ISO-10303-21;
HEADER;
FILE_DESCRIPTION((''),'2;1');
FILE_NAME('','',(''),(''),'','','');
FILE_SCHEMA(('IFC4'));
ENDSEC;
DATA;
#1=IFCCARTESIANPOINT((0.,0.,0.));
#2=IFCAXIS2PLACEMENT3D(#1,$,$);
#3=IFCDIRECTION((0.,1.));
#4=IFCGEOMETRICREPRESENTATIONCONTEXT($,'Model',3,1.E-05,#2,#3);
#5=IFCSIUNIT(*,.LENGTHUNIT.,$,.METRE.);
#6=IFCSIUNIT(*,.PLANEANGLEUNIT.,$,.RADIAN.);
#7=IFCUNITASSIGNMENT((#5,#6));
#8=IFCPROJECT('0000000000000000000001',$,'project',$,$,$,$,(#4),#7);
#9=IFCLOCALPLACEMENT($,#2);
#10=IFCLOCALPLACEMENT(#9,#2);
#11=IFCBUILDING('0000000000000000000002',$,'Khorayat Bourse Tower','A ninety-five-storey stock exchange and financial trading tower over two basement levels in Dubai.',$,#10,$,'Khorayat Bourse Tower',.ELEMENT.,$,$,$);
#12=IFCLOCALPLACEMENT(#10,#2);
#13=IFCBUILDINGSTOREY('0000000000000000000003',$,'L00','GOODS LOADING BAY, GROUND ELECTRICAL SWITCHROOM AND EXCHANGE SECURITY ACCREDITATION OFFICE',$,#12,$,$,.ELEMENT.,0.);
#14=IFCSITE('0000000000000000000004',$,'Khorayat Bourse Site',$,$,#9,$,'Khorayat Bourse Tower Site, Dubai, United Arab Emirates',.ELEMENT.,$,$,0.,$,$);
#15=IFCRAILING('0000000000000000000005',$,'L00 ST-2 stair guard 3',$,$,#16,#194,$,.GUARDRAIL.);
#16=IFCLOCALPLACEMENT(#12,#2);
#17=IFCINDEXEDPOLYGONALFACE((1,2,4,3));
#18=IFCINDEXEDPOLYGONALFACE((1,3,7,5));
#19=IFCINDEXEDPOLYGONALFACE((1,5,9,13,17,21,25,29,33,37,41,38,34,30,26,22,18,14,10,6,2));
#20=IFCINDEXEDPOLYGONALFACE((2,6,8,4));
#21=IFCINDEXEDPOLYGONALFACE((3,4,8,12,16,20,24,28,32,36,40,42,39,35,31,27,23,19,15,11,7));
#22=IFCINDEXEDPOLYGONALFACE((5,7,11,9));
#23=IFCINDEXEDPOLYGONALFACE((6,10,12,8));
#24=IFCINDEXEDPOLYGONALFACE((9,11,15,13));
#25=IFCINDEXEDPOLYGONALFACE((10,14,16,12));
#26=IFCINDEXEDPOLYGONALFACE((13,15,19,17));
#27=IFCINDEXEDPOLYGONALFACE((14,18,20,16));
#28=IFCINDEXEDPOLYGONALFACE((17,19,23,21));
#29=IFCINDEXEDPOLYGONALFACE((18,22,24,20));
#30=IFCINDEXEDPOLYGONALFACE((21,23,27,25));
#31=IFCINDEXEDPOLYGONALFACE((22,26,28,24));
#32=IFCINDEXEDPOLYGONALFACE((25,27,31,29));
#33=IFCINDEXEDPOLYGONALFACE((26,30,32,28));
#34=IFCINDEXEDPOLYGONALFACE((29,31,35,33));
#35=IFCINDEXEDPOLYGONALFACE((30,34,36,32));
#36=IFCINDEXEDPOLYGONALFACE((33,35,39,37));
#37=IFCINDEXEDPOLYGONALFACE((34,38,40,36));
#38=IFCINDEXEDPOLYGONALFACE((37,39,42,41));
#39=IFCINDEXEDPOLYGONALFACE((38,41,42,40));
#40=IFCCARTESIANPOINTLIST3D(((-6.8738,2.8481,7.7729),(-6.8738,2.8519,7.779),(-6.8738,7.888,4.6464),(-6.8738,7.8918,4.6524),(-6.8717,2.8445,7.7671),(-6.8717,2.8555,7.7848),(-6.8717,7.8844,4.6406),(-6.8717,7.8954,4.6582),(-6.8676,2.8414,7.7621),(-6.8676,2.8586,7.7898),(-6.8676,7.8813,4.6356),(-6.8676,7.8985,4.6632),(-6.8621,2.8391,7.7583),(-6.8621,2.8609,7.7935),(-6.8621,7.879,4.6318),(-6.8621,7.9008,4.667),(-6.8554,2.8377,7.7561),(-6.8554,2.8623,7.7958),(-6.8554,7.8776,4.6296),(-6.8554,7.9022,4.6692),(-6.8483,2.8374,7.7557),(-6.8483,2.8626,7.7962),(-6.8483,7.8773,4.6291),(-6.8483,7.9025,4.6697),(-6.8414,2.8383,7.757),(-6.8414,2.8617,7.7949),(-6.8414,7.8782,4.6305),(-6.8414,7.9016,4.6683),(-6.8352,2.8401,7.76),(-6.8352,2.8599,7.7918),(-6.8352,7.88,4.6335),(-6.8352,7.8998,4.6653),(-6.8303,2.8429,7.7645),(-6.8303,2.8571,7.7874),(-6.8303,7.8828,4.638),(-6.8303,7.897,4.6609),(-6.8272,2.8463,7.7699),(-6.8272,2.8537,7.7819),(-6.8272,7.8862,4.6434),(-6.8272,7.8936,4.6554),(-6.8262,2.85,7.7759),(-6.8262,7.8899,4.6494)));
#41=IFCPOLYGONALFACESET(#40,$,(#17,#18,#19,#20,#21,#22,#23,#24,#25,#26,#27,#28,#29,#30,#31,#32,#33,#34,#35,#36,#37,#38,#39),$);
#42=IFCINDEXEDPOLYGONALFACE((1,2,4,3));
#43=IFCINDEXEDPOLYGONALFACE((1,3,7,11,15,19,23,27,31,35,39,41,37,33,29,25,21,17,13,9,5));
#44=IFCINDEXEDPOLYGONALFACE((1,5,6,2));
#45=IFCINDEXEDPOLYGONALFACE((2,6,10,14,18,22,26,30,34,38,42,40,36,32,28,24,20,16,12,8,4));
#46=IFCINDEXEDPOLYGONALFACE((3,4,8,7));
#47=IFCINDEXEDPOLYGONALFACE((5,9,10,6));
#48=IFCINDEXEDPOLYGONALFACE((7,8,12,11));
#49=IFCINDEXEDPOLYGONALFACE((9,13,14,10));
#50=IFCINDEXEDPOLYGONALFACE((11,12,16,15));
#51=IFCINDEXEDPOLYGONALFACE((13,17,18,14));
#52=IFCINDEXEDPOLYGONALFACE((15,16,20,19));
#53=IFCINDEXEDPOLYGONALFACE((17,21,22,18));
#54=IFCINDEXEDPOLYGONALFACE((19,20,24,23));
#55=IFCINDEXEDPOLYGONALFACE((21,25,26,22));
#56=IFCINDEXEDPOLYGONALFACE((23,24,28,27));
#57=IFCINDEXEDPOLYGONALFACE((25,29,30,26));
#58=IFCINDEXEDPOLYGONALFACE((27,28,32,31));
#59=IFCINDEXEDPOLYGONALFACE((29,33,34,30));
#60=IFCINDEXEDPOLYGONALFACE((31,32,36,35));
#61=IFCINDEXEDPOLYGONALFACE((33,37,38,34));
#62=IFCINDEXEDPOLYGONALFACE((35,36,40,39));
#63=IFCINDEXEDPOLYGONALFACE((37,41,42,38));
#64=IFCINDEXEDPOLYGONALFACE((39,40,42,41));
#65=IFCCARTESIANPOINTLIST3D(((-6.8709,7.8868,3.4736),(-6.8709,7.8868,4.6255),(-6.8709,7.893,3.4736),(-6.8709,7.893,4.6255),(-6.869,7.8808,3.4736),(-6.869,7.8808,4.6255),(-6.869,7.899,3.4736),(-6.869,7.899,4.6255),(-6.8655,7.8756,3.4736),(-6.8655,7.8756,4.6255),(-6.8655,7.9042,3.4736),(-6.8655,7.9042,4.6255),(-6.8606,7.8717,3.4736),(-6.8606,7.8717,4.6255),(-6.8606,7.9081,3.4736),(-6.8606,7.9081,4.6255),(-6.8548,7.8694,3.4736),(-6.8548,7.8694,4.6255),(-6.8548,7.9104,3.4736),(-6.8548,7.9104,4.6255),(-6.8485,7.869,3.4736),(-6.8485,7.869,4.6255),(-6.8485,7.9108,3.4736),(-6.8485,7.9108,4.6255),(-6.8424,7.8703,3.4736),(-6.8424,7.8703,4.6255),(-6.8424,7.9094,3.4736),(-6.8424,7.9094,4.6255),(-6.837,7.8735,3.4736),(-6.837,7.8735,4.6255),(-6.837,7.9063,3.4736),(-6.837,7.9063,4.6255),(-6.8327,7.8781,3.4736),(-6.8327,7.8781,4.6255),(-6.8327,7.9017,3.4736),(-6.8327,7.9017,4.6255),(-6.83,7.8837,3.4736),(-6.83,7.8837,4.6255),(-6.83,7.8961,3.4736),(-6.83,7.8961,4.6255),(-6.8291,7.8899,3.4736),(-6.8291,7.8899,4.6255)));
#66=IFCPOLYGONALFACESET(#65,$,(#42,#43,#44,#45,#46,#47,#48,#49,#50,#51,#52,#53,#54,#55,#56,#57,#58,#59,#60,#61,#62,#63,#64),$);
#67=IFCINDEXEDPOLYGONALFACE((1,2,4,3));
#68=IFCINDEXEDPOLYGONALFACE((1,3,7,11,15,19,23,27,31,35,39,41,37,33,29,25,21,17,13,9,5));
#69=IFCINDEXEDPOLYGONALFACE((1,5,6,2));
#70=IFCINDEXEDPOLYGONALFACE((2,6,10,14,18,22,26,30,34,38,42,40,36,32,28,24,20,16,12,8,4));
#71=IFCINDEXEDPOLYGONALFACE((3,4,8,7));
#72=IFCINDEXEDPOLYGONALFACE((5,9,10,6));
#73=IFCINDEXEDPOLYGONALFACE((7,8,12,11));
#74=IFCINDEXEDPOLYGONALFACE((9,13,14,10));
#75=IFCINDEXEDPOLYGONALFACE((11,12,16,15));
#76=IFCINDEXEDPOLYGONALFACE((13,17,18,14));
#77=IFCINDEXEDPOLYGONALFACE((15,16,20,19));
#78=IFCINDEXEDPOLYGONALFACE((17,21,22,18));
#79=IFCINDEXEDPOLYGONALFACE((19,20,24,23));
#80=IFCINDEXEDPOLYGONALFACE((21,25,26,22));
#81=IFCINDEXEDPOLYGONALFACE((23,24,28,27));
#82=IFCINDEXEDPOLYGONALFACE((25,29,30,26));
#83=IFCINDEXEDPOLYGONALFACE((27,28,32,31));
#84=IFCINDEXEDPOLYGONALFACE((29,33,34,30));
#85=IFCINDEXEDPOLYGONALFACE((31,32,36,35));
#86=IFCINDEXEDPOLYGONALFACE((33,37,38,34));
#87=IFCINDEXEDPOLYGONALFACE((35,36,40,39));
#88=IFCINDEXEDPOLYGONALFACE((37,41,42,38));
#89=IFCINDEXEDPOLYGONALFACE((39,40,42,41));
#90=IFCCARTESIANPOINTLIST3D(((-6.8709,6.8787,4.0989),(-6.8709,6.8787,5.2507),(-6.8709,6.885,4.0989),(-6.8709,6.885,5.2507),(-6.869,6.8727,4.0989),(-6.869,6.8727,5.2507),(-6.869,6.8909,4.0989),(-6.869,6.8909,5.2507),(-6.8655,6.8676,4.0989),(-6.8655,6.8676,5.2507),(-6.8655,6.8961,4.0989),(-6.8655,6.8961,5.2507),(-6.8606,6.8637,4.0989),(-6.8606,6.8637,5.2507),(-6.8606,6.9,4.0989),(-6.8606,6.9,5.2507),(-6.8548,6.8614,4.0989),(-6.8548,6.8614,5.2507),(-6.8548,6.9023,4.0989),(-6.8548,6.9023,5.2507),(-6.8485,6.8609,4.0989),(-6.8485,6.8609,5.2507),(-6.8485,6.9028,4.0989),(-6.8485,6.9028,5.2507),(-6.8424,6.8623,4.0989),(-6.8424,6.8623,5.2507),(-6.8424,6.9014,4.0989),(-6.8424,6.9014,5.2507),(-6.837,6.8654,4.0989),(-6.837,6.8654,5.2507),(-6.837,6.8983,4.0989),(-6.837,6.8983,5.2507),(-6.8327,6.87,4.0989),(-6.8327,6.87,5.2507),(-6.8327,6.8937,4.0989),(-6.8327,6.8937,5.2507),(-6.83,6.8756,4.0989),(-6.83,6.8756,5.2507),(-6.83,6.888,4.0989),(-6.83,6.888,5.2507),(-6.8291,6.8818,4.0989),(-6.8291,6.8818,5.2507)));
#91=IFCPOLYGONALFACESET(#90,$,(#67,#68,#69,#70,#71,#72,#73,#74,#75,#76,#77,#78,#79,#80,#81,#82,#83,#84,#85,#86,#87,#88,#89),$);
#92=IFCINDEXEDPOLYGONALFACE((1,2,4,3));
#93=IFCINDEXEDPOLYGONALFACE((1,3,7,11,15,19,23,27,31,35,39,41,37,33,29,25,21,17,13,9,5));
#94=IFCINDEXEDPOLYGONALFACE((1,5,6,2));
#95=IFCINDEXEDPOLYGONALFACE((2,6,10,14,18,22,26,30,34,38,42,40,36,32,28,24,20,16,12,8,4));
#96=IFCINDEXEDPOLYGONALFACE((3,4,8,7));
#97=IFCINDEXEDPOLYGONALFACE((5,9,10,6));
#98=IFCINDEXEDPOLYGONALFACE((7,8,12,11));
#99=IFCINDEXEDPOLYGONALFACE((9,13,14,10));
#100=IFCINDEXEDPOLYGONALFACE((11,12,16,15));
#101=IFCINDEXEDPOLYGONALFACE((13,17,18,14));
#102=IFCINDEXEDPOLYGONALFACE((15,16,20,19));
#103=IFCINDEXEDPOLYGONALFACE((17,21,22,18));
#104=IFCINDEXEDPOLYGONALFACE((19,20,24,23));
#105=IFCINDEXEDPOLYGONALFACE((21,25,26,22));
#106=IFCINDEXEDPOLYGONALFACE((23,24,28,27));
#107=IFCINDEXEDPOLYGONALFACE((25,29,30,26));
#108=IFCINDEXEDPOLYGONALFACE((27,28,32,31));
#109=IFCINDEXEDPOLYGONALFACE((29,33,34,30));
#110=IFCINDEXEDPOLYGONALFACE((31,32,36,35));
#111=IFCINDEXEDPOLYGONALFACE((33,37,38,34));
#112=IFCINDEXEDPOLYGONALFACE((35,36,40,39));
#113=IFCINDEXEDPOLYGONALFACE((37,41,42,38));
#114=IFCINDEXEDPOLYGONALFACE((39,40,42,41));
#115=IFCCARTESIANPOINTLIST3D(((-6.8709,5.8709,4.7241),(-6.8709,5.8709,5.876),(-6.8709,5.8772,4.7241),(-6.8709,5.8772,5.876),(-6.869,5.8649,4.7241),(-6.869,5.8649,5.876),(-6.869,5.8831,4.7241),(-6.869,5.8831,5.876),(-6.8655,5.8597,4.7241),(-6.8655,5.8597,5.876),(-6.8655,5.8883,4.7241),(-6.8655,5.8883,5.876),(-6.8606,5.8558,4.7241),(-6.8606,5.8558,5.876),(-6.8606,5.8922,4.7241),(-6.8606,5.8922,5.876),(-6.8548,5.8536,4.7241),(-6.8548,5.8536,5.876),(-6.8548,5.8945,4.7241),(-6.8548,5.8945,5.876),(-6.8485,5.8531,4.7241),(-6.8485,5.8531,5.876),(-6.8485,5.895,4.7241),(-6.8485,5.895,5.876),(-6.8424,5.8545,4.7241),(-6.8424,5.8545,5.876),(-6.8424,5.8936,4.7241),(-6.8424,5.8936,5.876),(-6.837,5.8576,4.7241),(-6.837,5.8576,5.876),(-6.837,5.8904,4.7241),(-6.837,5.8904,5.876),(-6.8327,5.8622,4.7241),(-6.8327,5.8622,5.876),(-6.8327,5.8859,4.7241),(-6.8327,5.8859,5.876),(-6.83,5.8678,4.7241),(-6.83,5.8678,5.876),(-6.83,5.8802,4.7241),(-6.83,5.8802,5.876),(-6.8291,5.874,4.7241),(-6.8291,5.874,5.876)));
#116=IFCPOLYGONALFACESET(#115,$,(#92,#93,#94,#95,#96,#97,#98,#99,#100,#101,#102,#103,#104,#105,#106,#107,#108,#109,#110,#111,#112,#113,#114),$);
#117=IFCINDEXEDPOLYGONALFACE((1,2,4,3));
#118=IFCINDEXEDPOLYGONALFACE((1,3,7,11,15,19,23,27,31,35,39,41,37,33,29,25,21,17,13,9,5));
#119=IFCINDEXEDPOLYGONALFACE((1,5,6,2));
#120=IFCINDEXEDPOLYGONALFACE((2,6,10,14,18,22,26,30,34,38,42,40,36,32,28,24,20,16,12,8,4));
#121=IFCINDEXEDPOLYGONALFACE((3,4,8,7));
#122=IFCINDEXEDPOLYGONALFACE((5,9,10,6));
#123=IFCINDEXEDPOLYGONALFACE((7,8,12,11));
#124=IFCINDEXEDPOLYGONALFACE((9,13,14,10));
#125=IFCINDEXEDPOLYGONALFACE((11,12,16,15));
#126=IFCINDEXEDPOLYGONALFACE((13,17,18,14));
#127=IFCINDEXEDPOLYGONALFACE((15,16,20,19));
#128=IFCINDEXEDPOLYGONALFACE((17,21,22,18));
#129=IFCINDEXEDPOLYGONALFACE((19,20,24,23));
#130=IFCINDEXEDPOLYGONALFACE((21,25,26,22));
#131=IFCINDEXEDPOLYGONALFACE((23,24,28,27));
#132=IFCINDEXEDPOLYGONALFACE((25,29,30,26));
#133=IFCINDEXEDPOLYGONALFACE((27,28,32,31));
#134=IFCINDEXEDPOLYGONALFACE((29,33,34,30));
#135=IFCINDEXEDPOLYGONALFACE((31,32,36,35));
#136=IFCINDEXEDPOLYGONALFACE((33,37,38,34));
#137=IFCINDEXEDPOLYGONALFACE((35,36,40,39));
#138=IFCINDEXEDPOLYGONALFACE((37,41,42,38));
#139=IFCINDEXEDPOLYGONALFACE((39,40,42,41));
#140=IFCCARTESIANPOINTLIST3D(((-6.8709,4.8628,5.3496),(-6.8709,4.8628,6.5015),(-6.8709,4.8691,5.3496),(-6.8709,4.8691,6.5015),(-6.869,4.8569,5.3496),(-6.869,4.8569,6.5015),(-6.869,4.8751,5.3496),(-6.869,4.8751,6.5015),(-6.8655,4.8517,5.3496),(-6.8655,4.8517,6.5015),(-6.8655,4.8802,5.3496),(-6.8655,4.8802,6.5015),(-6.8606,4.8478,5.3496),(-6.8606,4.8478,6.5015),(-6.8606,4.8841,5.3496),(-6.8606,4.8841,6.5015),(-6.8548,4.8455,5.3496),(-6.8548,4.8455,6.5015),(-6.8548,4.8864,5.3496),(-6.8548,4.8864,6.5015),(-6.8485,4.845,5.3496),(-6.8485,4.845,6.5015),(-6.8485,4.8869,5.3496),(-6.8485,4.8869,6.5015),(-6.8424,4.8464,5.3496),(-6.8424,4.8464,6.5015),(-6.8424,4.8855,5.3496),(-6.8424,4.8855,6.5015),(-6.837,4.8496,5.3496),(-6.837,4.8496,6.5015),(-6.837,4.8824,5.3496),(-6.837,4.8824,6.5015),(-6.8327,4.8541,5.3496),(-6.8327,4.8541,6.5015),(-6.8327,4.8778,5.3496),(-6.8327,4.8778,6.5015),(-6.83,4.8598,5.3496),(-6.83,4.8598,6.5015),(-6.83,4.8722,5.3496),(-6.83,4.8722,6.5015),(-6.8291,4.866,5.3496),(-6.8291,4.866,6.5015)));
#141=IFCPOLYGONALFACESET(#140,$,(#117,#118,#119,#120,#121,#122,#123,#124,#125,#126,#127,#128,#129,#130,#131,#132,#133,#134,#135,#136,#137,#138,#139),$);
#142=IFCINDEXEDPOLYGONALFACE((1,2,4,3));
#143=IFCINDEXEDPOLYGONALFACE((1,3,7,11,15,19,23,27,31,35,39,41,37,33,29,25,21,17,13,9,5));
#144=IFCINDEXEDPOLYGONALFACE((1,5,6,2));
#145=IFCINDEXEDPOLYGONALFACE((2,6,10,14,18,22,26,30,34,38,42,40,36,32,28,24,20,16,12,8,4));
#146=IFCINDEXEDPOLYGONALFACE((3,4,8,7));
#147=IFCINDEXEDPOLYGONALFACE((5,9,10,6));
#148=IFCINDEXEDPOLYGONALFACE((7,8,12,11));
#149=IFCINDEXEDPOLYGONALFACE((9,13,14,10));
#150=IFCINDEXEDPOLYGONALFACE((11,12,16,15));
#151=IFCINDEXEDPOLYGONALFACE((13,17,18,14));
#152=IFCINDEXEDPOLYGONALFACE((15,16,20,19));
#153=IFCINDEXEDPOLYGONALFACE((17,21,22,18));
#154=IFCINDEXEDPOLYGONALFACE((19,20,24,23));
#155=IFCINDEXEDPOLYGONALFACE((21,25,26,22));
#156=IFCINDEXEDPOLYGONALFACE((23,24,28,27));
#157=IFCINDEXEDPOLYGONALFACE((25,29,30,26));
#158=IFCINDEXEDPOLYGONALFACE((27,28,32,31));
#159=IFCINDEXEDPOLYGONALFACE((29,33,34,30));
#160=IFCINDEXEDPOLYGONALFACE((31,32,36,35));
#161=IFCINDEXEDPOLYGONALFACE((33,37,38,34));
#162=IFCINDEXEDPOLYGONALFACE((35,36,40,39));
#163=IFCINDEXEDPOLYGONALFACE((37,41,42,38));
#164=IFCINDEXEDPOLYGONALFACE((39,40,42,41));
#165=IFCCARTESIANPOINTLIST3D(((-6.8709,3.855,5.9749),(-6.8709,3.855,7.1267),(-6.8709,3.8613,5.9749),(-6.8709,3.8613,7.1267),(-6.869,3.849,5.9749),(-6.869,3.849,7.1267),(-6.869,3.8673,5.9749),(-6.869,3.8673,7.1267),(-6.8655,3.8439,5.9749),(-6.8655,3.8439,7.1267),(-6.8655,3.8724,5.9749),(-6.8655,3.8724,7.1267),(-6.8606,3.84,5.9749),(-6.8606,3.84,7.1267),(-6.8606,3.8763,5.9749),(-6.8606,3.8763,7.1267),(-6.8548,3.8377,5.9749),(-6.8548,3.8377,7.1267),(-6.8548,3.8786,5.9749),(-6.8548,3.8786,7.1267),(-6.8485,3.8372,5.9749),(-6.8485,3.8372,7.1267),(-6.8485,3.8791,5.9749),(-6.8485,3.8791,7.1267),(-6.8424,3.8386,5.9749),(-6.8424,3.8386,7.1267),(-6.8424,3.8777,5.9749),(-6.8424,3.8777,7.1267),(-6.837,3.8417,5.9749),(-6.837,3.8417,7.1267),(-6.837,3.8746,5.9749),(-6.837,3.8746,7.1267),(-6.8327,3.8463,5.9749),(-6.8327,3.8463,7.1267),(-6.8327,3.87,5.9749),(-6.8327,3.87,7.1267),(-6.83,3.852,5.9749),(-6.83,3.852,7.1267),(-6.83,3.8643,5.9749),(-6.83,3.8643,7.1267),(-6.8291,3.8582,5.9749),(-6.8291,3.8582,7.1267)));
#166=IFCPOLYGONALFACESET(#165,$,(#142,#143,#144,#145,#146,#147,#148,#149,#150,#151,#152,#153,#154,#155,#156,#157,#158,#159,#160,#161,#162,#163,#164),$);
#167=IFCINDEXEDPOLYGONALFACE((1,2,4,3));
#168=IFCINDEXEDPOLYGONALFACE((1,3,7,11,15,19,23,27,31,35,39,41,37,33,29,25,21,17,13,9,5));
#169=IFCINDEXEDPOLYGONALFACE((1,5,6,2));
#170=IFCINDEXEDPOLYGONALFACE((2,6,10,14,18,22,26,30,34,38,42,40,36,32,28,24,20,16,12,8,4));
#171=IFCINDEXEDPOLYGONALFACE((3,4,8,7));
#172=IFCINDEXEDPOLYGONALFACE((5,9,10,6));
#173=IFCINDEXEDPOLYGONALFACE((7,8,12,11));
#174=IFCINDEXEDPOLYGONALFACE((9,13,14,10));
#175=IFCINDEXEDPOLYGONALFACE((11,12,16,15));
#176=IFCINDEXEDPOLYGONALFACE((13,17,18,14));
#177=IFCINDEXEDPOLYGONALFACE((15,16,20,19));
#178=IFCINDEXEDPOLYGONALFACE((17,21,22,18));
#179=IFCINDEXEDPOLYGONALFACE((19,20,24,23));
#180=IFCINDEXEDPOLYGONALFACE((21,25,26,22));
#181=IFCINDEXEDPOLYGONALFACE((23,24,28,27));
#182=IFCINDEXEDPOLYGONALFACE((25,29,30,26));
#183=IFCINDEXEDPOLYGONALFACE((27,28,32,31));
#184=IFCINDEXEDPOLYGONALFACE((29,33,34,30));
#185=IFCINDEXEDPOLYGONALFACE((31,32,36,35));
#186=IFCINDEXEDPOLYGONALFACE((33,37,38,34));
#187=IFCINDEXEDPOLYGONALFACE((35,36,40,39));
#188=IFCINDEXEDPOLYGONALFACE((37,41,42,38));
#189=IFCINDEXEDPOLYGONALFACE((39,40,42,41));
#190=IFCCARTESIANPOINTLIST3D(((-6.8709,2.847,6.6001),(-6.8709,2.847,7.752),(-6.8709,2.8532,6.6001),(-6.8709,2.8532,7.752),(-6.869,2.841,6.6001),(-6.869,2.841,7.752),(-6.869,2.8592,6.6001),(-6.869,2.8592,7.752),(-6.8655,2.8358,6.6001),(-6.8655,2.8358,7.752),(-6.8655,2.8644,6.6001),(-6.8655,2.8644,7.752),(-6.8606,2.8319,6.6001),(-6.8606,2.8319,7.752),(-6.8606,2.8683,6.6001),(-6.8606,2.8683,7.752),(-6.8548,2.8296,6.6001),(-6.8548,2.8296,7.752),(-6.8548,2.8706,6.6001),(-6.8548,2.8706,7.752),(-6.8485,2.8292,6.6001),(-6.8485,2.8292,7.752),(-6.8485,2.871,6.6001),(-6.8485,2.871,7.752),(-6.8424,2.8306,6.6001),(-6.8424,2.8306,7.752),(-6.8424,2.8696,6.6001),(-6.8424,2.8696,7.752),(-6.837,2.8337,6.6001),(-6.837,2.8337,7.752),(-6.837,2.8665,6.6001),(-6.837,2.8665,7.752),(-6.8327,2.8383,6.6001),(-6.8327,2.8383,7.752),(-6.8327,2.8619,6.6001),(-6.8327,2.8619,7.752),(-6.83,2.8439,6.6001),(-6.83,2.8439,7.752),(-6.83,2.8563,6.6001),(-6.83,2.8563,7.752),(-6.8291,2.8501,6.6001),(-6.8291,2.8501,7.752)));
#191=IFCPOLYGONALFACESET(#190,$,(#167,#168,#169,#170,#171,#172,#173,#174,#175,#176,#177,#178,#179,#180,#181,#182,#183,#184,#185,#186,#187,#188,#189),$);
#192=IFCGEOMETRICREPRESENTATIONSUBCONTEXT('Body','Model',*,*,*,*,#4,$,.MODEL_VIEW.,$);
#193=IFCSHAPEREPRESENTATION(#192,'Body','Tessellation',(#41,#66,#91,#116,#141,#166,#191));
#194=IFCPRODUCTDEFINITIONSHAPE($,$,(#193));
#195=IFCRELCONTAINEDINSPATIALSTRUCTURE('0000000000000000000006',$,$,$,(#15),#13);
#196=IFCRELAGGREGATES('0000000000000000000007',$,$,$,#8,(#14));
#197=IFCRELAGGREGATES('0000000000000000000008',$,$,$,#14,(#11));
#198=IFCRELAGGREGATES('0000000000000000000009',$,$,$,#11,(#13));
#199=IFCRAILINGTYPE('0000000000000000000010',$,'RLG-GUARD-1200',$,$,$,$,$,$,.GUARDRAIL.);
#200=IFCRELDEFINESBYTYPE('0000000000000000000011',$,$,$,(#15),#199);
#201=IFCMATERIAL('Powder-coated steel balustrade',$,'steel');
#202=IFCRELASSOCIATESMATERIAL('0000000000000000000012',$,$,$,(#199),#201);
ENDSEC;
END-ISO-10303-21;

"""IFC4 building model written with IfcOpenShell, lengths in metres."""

from ifc_helpers import new_model, si_unit, direction, frame, origin, origin_2d, place, context, subcontext, project, spatial, circle, extrude, source, transform, mapped, material, type_object, element, save


model = new_model("IFC4")

# Units and contexts
model_context = context("Model", 3, precision=1e-05, world=origin(), true_north=direction((0.0, 1.0)))
body_context = subcontext(model_context, "Body", "Model", "MODEL_VIEW")
ifc_project = project(units=[si_unit("LENGTHUNIT", "METRE"), si_unit("PLANEANGLEUNIT", "RADIAN")], contexts=[model_context])

# Site, building, storey
site_placement = place(None, origin())
site = spatial("IfcSite", under=ifc_project, at=site_placement, Name="Khorayat Bourse Site", LongName="Khorayat Bourse Tower Site, Dubai, United Arab Emirates", CompositionType="ELEMENT", RefElevation=0.0)
building_placement = place(site_placement, origin())
building = spatial("IfcBuilding", under=site, at=building_placement, Name="Khorayat Bourse Tower", Description="A ninety-five-storey stock exchange and financial trading tower over two basement levels in Dubai.", LongName="Khorayat Bourse Tower", CompositionType="ELEMENT")
storey_placement = place(building_placement, origin())
storey = spatial("IfcBuildingStorey", under=building, at=storey_placement, Name="L00", Description="GOODS LOADING BAY, GROUND ELECTRICAL SWITCHROOM AND EXCHANGE SECURITY ACCREDITATION OFFICE", CompositionType="ELEMENT", Elevation=0.0)

# Railing
ifc_material_1 = material(Name="Powder-coated steel balustrade", Category="steel")
railing_type_1 = type_object("IfcRailingType", Name="RLG-GUARD-1200", PredefinedType="GUARDRAIL", material=ifc_material_1)
shared_shape_1 = source(origin(), body_context, "Body", "SweptSolid", [
    extrude(circle(Radius=0.0239, at=origin_2d()), frame((0.0, 0.0, 1.1758), z_axis=(0.0, -0.849767, 0.527158), x_axis=(1.0, 0.0, 0.0)), (0.0, 0.0, 1.0), 5.9309),
    extrude(circle(Radius=0.021, at=origin_2d()), origin(), (0.0, 0.0, 1.0), 1.1519),
    extrude(circle(Radius=0.021, at=origin_2d()), frame((0.0, -1.0081, 0.6252)), (0.0, 0.0, 1.0), 1.1519),
    extrude(circle(Radius=0.021, at=origin_2d()), frame((0.0, -2.0159, 1.2505)), (0.0, 0.0, 1.0), 1.1519),
    extrude(circle(Radius=0.021, at=origin_2d()), frame((0.0, -3.0239, 1.876)), (0.0, 0.0, 1.0), 1.1519),
    extrude(circle(Radius=0.021, at=origin_2d()), frame((0.0, -4.0317, 2.5012)), (0.0, 0.0, 1.0), 1.1519),
    extrude(circle(Radius=0.021, at=origin_2d()), frame((0.0, -5.0398, 3.1265)), (0.0, 0.0, 1.0), 1.1519),
])
railing_1_placement = place(storey_placement, frame((-6.8501, 7.8899, 3.4736)))
element("IfcRailing", 1, at=railing_1_placement, inside=storey, type_object=railing_type_1, Name="L00 ST-2 stair guard 3", PredefinedType="GUARDRAIL", context=body_context, shape_type="MappedRepresentation", body=[
    mapped(shared_shape_1, transform((0.0, 0.0, 0.0), scale=1.0)),
])

save(model, "model.ifc")
